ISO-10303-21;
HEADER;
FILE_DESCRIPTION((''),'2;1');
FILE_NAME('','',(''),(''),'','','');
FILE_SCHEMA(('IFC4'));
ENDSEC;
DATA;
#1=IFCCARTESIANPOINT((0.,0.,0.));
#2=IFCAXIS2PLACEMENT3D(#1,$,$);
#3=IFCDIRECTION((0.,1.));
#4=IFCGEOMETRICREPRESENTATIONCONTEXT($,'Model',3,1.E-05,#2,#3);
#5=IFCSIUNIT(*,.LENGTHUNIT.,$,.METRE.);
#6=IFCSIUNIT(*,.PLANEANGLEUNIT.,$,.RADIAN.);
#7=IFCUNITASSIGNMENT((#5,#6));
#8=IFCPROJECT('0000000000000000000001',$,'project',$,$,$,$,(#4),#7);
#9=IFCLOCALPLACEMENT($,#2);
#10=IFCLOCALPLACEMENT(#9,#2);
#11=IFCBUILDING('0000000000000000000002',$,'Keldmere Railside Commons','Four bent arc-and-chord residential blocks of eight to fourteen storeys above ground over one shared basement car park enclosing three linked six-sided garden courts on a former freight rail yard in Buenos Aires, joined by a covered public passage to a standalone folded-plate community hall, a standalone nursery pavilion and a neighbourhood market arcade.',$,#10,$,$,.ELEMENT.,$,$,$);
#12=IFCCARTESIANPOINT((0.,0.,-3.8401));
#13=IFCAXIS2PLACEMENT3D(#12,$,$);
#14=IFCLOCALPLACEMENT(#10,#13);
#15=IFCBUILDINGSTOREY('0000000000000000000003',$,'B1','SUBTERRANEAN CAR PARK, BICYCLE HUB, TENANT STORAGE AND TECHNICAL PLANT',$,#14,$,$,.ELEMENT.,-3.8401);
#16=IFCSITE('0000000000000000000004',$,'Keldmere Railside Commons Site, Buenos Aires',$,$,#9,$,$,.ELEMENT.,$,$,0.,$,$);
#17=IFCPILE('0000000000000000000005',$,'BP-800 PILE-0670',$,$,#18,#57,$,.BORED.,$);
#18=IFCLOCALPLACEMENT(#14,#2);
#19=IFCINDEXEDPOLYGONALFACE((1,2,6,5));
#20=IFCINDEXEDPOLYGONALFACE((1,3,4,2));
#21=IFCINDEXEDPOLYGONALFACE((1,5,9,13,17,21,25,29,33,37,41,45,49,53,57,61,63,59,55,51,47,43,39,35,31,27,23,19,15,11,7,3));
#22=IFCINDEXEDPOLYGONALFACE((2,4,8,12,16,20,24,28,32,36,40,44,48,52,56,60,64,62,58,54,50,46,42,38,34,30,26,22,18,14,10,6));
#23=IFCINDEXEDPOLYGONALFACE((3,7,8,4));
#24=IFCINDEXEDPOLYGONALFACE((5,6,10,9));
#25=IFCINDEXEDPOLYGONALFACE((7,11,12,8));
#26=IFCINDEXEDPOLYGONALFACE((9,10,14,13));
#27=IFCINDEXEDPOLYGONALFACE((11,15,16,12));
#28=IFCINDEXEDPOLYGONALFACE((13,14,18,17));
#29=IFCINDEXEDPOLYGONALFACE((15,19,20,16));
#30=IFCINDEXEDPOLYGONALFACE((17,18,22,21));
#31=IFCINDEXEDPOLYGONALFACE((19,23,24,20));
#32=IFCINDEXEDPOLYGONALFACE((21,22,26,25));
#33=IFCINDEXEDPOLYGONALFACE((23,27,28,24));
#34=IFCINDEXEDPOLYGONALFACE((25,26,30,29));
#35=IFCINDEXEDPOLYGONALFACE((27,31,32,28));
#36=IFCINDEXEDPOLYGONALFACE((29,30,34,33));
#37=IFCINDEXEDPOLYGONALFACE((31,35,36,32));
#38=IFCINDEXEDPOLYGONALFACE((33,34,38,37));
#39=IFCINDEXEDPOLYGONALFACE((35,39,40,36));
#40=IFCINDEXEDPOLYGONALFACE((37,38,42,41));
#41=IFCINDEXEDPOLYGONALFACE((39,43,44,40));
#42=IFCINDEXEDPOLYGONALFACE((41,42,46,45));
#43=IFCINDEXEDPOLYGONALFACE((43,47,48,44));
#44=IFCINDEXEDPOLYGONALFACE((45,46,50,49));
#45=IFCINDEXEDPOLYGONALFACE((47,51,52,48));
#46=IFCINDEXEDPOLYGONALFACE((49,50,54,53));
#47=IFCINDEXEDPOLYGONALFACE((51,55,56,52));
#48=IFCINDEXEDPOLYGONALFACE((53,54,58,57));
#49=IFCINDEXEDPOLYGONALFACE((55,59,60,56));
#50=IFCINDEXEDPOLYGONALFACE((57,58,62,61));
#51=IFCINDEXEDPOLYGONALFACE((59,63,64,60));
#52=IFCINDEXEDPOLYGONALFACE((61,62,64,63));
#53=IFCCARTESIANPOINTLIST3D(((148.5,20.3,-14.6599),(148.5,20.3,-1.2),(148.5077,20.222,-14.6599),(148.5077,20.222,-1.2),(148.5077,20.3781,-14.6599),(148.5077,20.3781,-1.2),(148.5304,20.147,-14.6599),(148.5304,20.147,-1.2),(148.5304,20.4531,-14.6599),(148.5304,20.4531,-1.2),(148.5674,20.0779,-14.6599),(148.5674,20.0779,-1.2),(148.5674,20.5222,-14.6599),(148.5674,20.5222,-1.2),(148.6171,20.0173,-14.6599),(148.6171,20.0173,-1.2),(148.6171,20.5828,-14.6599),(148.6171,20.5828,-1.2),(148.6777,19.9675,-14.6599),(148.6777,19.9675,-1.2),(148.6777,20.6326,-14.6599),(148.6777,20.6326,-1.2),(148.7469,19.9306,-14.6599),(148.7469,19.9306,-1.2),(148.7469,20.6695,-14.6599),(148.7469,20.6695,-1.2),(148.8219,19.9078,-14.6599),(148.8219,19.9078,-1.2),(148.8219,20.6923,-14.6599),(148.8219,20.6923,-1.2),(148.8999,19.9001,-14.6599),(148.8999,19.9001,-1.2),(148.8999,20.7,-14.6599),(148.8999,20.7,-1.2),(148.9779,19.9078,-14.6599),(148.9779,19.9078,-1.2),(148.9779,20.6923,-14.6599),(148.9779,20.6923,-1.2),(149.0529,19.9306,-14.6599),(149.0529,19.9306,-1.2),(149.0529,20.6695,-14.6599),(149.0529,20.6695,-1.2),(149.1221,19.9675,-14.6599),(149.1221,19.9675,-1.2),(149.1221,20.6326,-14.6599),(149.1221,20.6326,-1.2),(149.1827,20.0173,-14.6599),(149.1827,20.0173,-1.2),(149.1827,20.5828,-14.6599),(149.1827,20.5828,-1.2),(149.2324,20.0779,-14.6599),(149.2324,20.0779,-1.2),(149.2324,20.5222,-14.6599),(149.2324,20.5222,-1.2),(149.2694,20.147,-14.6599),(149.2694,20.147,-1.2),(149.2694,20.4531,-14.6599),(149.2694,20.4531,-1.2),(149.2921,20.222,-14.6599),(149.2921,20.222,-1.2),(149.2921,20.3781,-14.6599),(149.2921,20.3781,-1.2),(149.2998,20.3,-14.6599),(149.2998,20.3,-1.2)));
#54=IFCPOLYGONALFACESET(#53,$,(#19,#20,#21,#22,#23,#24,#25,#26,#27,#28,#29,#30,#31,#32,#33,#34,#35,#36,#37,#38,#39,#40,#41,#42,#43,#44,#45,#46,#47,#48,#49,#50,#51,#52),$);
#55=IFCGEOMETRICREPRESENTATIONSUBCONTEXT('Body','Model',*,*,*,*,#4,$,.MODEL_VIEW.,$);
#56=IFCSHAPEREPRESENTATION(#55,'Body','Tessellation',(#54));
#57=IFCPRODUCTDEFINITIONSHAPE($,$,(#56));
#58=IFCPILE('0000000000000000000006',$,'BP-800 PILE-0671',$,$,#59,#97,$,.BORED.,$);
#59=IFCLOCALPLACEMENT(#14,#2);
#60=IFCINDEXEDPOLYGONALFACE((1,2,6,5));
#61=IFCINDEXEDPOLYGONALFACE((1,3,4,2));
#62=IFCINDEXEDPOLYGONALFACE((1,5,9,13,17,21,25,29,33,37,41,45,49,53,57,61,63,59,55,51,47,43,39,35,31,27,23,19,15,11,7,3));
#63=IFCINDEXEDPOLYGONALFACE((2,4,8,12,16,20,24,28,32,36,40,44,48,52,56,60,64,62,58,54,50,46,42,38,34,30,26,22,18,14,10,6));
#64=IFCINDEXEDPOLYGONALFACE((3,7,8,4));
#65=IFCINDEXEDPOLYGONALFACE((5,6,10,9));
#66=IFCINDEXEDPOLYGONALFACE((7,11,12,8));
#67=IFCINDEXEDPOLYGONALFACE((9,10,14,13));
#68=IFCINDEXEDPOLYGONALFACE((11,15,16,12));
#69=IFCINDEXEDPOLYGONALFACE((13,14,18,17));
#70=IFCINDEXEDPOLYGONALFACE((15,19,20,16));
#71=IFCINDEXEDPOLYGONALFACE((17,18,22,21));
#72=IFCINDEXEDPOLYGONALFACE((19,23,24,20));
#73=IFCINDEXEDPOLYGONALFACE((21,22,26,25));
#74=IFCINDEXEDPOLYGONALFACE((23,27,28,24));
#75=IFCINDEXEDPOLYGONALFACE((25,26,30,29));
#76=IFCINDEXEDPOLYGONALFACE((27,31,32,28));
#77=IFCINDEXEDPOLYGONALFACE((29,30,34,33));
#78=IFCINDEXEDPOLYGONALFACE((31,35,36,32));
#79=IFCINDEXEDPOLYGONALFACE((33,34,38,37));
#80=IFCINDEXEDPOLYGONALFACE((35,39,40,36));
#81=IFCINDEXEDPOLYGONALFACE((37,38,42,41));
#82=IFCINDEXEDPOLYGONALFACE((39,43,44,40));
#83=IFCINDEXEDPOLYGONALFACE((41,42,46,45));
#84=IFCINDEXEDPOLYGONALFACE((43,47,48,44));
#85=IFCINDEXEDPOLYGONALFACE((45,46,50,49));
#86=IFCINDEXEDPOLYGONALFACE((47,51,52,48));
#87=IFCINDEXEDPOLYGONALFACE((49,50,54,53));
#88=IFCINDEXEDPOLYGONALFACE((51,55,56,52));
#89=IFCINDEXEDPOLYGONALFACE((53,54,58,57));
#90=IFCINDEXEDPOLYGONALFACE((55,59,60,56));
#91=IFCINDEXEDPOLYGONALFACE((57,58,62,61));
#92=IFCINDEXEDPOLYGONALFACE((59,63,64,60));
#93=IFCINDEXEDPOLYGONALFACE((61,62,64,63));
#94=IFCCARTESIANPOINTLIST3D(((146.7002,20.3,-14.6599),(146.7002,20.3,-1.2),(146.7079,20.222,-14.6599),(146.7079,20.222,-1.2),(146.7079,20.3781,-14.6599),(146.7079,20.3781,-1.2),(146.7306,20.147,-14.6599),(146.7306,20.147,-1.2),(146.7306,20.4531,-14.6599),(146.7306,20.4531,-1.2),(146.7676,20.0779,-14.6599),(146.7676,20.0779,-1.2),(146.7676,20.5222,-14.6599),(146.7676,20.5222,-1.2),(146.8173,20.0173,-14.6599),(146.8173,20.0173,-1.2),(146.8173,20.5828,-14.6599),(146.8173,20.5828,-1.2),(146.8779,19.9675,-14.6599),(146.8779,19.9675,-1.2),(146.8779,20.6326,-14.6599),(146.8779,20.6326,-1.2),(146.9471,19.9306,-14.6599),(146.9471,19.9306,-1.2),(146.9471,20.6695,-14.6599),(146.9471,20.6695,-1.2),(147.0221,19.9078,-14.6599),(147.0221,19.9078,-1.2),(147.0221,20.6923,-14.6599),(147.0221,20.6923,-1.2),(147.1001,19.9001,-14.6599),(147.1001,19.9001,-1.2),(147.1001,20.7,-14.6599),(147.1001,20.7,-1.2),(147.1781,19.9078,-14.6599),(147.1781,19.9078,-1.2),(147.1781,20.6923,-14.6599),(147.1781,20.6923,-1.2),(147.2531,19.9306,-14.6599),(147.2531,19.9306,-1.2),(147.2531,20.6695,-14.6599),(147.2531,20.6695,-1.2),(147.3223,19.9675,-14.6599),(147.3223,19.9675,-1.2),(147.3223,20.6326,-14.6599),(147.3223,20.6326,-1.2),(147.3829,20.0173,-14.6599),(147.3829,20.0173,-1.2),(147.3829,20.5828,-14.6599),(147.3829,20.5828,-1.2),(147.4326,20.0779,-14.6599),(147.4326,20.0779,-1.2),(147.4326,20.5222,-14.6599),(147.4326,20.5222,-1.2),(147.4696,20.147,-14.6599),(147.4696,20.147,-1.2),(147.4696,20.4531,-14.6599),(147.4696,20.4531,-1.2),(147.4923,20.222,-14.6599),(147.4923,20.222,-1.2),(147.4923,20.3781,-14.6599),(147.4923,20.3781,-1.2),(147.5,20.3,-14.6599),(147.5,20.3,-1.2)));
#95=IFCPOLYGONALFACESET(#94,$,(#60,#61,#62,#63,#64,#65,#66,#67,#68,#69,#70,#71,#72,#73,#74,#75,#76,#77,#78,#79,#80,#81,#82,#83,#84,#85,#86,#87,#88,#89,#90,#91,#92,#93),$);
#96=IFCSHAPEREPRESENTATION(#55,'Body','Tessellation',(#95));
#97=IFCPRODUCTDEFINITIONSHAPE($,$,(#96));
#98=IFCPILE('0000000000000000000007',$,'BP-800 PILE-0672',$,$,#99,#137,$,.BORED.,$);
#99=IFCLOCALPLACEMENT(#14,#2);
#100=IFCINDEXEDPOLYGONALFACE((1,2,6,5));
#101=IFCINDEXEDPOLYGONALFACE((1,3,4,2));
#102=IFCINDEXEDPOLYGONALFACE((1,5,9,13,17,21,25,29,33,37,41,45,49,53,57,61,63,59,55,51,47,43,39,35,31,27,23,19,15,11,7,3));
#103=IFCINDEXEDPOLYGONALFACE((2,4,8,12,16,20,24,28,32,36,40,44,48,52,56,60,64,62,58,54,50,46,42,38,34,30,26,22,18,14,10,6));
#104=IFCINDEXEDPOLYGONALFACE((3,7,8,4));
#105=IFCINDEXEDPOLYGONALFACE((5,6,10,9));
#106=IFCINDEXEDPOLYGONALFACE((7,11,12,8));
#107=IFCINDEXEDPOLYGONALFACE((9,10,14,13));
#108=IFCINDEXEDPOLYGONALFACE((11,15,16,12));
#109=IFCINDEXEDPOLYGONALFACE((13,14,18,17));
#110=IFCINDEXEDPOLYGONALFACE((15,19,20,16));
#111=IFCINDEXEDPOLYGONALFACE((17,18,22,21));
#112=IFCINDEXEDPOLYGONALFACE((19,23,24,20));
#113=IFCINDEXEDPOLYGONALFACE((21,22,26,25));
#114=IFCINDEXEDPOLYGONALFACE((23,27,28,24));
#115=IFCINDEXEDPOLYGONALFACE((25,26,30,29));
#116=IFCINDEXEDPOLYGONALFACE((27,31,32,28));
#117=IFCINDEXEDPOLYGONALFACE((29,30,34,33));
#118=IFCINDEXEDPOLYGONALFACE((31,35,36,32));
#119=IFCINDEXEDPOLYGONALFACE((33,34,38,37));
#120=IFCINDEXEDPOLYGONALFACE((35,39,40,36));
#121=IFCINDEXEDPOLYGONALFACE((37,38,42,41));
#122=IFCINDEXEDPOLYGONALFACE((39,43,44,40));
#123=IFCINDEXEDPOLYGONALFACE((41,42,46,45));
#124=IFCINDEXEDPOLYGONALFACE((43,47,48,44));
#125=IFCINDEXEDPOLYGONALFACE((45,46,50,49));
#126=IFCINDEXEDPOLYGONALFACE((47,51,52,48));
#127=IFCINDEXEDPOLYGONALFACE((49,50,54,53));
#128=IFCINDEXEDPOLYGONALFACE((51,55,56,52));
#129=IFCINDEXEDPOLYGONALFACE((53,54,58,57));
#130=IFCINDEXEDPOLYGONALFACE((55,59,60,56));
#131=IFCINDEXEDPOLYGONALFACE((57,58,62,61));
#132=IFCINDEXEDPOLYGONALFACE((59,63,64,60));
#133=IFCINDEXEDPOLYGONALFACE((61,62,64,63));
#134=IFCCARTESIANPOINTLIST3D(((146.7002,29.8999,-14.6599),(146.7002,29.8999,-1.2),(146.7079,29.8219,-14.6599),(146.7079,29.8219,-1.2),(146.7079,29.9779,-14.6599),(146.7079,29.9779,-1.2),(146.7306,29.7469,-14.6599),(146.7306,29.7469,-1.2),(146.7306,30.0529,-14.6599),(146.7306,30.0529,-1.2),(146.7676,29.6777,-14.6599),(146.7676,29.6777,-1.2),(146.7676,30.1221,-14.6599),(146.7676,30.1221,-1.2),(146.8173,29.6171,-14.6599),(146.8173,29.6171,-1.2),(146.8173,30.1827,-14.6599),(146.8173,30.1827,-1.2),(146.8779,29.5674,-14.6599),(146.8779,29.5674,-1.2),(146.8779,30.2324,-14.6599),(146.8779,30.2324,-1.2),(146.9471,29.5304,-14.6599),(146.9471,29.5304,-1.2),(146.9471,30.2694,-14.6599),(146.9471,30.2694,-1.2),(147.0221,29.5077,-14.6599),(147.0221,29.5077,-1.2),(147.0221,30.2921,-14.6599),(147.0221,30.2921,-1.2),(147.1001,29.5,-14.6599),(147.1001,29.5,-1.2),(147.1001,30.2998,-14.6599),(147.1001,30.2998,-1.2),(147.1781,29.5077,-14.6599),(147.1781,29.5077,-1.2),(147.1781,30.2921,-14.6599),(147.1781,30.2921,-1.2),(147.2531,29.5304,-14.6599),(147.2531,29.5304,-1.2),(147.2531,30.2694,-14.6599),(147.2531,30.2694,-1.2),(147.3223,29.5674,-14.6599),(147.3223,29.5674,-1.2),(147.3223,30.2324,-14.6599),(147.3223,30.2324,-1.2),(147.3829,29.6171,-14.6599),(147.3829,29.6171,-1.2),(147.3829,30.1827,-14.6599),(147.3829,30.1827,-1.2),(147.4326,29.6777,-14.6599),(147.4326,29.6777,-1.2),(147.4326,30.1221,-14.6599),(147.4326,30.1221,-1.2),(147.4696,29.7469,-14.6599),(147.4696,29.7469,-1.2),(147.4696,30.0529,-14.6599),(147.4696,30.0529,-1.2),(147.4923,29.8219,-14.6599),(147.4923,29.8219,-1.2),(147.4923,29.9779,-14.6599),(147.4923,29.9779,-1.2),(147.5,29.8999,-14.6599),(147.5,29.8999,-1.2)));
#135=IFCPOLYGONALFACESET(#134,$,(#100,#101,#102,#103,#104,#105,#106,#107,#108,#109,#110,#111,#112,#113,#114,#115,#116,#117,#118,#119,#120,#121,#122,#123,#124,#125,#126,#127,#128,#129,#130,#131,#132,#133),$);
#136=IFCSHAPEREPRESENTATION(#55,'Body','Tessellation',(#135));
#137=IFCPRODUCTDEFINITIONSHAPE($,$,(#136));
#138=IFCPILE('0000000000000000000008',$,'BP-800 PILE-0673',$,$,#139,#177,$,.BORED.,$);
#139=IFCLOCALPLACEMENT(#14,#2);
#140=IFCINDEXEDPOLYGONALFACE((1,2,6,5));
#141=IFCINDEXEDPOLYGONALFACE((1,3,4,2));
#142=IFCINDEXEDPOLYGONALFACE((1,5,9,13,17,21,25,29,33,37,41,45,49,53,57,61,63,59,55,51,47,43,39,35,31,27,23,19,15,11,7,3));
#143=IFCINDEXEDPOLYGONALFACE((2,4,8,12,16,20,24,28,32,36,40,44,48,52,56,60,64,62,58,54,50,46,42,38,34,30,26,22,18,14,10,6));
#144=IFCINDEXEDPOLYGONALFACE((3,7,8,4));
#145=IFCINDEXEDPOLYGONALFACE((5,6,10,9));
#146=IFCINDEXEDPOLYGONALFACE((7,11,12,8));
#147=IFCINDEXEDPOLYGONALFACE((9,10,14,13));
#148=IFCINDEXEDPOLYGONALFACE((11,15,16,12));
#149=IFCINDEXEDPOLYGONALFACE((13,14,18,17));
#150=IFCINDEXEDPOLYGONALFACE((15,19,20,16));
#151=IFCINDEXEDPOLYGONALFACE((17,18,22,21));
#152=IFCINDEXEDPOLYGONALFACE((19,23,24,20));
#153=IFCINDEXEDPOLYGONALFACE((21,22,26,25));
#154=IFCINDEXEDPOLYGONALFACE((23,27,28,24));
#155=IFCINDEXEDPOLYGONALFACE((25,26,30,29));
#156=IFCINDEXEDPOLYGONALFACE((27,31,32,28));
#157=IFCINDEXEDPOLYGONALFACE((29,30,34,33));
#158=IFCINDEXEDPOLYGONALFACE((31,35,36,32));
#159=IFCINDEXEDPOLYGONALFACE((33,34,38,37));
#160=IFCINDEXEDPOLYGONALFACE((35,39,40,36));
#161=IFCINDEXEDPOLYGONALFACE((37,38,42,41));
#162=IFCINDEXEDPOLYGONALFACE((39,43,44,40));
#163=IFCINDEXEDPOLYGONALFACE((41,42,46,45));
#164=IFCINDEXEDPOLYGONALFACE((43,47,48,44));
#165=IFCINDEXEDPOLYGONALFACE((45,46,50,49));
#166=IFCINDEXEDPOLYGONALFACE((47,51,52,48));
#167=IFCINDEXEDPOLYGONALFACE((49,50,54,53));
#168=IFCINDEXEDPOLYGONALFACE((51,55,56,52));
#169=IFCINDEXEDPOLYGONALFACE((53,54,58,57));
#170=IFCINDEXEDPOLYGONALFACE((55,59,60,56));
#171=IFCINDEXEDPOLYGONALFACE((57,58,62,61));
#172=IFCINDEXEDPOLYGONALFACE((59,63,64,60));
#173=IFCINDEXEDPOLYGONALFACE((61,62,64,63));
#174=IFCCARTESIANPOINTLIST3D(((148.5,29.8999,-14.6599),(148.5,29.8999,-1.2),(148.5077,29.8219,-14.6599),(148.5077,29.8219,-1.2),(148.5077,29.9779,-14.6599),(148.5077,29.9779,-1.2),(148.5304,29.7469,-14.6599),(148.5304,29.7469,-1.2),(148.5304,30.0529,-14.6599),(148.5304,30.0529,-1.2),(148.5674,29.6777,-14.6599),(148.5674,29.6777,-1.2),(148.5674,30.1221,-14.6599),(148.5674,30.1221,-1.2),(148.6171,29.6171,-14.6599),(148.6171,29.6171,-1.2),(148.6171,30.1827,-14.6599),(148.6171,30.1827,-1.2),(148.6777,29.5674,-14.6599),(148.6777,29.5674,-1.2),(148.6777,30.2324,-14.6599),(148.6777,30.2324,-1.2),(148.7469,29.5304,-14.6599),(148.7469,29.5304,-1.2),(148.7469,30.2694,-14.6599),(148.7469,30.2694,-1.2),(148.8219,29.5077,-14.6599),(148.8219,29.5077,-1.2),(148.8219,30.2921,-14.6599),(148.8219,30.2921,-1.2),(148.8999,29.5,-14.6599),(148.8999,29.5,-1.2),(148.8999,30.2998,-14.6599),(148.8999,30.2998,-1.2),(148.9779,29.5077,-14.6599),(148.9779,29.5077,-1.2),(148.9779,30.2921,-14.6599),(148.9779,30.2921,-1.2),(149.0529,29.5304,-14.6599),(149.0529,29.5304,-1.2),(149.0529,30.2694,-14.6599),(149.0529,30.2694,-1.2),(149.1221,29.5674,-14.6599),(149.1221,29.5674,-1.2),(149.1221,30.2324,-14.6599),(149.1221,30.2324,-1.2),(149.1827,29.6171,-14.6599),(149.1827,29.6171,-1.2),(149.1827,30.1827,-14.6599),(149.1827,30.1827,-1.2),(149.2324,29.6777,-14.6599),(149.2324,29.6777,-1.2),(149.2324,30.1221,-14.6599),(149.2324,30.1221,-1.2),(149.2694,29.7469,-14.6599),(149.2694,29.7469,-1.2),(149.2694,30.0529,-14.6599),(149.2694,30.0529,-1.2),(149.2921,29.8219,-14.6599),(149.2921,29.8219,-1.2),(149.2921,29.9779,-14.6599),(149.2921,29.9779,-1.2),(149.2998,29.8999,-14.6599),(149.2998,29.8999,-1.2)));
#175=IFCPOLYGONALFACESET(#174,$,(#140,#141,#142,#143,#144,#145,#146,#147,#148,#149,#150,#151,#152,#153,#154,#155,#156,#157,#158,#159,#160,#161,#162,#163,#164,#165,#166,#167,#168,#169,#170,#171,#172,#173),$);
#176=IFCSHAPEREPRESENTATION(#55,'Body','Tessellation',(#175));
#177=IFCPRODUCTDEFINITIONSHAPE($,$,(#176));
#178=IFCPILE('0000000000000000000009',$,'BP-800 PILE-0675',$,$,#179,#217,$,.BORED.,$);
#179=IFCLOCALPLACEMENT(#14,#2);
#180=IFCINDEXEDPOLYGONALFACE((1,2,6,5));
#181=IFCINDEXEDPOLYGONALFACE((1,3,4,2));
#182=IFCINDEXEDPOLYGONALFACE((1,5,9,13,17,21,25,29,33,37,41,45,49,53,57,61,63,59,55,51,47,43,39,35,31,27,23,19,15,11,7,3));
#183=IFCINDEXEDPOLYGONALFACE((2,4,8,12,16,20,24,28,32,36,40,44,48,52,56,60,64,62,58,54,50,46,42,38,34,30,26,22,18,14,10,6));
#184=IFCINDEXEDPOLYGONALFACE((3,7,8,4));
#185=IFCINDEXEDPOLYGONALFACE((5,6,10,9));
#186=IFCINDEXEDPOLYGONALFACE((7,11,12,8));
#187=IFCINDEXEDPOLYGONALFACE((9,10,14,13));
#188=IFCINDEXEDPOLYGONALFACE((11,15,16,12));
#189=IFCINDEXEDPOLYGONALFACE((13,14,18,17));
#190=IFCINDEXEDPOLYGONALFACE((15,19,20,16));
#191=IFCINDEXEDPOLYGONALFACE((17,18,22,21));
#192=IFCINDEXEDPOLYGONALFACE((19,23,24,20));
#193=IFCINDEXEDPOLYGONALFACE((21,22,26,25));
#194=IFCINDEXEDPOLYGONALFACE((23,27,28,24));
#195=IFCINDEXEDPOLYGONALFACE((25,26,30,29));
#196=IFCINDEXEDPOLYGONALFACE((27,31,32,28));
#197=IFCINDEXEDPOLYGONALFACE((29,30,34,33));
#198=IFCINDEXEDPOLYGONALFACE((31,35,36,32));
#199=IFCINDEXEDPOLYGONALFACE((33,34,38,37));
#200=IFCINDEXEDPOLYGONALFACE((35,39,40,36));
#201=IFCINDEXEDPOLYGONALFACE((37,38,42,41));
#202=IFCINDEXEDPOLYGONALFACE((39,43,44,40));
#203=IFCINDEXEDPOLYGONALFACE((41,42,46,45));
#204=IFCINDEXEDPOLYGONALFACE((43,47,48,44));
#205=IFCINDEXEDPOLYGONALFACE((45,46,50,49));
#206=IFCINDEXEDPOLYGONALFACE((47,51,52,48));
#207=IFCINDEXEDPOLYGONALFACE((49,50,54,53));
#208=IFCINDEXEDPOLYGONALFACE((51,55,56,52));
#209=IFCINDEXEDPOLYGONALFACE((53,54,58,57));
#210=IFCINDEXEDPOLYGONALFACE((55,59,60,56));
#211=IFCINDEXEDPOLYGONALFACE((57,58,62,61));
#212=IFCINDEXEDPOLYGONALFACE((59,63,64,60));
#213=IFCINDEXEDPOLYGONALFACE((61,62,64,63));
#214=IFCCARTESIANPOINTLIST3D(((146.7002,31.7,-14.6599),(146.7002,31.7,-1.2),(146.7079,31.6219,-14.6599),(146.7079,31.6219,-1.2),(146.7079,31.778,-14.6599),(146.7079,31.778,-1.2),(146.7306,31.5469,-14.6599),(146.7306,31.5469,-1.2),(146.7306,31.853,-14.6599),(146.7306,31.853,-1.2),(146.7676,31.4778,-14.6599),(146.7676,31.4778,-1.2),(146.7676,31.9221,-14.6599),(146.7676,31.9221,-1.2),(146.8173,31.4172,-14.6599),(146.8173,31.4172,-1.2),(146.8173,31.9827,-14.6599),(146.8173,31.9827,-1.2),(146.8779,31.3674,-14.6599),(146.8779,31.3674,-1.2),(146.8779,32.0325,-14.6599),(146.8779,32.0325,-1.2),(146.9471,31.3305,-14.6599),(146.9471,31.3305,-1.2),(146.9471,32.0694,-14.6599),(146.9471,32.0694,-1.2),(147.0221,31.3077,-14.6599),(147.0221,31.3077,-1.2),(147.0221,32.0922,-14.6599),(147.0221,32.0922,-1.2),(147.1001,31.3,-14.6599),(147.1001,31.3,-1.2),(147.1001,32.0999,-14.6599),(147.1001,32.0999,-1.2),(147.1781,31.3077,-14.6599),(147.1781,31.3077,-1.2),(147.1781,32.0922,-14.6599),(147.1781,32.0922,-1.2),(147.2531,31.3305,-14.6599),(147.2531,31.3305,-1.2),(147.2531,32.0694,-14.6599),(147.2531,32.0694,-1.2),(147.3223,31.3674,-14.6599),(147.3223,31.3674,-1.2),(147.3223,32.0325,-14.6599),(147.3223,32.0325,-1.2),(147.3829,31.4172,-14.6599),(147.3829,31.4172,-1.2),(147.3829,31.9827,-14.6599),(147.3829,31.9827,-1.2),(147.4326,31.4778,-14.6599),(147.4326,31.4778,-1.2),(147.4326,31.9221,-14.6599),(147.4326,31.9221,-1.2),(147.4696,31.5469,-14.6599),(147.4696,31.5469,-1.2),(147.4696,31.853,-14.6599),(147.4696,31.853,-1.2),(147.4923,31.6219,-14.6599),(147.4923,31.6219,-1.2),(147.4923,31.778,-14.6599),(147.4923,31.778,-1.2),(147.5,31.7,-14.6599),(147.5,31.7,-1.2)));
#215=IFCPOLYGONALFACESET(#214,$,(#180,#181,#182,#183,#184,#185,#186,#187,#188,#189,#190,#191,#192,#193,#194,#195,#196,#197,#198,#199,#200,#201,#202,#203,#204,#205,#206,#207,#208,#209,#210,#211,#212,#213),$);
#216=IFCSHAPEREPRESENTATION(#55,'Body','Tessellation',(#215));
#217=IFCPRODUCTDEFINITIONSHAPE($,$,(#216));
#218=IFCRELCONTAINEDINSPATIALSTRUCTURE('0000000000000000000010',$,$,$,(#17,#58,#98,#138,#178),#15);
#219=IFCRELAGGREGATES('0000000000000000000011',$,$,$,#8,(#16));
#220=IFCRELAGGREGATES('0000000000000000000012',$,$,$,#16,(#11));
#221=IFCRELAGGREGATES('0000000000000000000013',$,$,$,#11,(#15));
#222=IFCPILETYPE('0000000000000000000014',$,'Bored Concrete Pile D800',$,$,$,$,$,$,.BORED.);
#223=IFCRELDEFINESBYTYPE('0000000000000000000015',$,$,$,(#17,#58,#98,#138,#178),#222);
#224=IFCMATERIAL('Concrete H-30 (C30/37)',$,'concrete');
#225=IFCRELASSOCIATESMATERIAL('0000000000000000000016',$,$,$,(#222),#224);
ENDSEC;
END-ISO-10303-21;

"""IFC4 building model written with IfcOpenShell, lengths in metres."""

from ifc_helpers import new_model, si_unit, direction, frame, origin, origin_2d, place, context, subcontext, project, spatial, circle, extrude, material, material_profile, profile_set, type_object, element, save


model = new_model("IFC4")

# Units and contexts
model_context = context("Model", 3, precision=1e-05, world=origin(), true_north=direction((0.0, 1.0)))
body_context = subcontext(model_context, "Body", "Model", "MODEL_VIEW")
ifc_project = project(units=[si_unit("LENGTHUNIT", "METRE"), si_unit("PLANEANGLEUNIT", "RADIAN")], contexts=[model_context])

# Site, building, storey
site_placement = place(None, origin())
site = spatial("IfcSite", under=ifc_project, at=site_placement, Name="Keldmere Railside Commons Site, Buenos Aires", CompositionType="ELEMENT", RefElevation=0.0)
building_placement = place(site_placement, origin())
building = spatial("IfcBuilding", under=site, at=building_placement, Name="Keldmere Railside Commons", Description="Four bent arc-and-chord residential blocks of eight to fourteen storeys above ground over one shared basement car park enclosing three linked six-sided garden courts on a former freight rail yard in Buenos Aires, joined by a covered public passage to a standalone folded-plate community hall, a standalone nursery pavilion and a neighbourhood market arcade.", CompositionType="ELEMENT")
storey_placement = place(building_placement, frame((0.0, 0.0, -3.8401)))
storey = spatial("IfcBuildingStorey", under=building, at=storey_placement, Name="B1", Description="SUBTERRANEAN CAR PARK, BICYCLE HUB, TENANT STORAGE AND TECHNICAL PLANT", CompositionType="ELEMENT", Elevation=-3.8401)

# Piles
ifc_material_1 = material(Name="Concrete H-30 (C30/37)", Category="concrete")
ifc_material_profile_1 = material_profile(ifc_material_1, circle(Radius=0.3999, at=origin_2d()), Name="PILE-D800")
ifc_profile_set_1 = profile_set([ifc_material_profile_1], Name="Concrete H-30 (C30/37)")
pile_type = type_object("IfcPileType", Name="Bored Concrete Pile D800", PredefinedType="BORED", material=ifc_profile_set_1)
for number, where, z_axis, x_axis, name in (
    (1, (148.8999, 20.3, -1.2), (0.0, 0.0, -1.0), (1.0, 0.0, 0.0), "BP-800 PILE-0670"),
    (2, (147.1001, 20.3, -1.2), (0.0, 0.0, -1.0), (1.0, 0.0, 0.0), "BP-800 PILE-0671"),
    (3, (147.1001, 29.8999, -1.2), (0.0, 0.0, -1.0), (1.0, 0.0, 0.0), "BP-800 PILE-0672"),
    (4, (148.8999, 29.8999, -1.2), (0.0, 0.0, -1.0), (1.0, 0.0, 0.0), "BP-800 PILE-0673"),
    (5, (147.1001, 31.7, -1.2), (0.0, 0.0, -1.0), (1.0, 0.0, 0.0), "BP-800 PILE-0675"),
):
    element("IfcPile", number, at=place(storey_placement, frame(where, z_axis=z_axis, x_axis=x_axis)), inside=storey, type_object=pile_type, Name=name, PredefinedType="BORED", context=body_context, shape_type="SweptSolid", body=[
        extrude(circle(Radius=0.3999, at=origin_2d()), origin(), (0.0, 0.0, 1.0), 13.46),
    ])

save(model, "model.ifc")
